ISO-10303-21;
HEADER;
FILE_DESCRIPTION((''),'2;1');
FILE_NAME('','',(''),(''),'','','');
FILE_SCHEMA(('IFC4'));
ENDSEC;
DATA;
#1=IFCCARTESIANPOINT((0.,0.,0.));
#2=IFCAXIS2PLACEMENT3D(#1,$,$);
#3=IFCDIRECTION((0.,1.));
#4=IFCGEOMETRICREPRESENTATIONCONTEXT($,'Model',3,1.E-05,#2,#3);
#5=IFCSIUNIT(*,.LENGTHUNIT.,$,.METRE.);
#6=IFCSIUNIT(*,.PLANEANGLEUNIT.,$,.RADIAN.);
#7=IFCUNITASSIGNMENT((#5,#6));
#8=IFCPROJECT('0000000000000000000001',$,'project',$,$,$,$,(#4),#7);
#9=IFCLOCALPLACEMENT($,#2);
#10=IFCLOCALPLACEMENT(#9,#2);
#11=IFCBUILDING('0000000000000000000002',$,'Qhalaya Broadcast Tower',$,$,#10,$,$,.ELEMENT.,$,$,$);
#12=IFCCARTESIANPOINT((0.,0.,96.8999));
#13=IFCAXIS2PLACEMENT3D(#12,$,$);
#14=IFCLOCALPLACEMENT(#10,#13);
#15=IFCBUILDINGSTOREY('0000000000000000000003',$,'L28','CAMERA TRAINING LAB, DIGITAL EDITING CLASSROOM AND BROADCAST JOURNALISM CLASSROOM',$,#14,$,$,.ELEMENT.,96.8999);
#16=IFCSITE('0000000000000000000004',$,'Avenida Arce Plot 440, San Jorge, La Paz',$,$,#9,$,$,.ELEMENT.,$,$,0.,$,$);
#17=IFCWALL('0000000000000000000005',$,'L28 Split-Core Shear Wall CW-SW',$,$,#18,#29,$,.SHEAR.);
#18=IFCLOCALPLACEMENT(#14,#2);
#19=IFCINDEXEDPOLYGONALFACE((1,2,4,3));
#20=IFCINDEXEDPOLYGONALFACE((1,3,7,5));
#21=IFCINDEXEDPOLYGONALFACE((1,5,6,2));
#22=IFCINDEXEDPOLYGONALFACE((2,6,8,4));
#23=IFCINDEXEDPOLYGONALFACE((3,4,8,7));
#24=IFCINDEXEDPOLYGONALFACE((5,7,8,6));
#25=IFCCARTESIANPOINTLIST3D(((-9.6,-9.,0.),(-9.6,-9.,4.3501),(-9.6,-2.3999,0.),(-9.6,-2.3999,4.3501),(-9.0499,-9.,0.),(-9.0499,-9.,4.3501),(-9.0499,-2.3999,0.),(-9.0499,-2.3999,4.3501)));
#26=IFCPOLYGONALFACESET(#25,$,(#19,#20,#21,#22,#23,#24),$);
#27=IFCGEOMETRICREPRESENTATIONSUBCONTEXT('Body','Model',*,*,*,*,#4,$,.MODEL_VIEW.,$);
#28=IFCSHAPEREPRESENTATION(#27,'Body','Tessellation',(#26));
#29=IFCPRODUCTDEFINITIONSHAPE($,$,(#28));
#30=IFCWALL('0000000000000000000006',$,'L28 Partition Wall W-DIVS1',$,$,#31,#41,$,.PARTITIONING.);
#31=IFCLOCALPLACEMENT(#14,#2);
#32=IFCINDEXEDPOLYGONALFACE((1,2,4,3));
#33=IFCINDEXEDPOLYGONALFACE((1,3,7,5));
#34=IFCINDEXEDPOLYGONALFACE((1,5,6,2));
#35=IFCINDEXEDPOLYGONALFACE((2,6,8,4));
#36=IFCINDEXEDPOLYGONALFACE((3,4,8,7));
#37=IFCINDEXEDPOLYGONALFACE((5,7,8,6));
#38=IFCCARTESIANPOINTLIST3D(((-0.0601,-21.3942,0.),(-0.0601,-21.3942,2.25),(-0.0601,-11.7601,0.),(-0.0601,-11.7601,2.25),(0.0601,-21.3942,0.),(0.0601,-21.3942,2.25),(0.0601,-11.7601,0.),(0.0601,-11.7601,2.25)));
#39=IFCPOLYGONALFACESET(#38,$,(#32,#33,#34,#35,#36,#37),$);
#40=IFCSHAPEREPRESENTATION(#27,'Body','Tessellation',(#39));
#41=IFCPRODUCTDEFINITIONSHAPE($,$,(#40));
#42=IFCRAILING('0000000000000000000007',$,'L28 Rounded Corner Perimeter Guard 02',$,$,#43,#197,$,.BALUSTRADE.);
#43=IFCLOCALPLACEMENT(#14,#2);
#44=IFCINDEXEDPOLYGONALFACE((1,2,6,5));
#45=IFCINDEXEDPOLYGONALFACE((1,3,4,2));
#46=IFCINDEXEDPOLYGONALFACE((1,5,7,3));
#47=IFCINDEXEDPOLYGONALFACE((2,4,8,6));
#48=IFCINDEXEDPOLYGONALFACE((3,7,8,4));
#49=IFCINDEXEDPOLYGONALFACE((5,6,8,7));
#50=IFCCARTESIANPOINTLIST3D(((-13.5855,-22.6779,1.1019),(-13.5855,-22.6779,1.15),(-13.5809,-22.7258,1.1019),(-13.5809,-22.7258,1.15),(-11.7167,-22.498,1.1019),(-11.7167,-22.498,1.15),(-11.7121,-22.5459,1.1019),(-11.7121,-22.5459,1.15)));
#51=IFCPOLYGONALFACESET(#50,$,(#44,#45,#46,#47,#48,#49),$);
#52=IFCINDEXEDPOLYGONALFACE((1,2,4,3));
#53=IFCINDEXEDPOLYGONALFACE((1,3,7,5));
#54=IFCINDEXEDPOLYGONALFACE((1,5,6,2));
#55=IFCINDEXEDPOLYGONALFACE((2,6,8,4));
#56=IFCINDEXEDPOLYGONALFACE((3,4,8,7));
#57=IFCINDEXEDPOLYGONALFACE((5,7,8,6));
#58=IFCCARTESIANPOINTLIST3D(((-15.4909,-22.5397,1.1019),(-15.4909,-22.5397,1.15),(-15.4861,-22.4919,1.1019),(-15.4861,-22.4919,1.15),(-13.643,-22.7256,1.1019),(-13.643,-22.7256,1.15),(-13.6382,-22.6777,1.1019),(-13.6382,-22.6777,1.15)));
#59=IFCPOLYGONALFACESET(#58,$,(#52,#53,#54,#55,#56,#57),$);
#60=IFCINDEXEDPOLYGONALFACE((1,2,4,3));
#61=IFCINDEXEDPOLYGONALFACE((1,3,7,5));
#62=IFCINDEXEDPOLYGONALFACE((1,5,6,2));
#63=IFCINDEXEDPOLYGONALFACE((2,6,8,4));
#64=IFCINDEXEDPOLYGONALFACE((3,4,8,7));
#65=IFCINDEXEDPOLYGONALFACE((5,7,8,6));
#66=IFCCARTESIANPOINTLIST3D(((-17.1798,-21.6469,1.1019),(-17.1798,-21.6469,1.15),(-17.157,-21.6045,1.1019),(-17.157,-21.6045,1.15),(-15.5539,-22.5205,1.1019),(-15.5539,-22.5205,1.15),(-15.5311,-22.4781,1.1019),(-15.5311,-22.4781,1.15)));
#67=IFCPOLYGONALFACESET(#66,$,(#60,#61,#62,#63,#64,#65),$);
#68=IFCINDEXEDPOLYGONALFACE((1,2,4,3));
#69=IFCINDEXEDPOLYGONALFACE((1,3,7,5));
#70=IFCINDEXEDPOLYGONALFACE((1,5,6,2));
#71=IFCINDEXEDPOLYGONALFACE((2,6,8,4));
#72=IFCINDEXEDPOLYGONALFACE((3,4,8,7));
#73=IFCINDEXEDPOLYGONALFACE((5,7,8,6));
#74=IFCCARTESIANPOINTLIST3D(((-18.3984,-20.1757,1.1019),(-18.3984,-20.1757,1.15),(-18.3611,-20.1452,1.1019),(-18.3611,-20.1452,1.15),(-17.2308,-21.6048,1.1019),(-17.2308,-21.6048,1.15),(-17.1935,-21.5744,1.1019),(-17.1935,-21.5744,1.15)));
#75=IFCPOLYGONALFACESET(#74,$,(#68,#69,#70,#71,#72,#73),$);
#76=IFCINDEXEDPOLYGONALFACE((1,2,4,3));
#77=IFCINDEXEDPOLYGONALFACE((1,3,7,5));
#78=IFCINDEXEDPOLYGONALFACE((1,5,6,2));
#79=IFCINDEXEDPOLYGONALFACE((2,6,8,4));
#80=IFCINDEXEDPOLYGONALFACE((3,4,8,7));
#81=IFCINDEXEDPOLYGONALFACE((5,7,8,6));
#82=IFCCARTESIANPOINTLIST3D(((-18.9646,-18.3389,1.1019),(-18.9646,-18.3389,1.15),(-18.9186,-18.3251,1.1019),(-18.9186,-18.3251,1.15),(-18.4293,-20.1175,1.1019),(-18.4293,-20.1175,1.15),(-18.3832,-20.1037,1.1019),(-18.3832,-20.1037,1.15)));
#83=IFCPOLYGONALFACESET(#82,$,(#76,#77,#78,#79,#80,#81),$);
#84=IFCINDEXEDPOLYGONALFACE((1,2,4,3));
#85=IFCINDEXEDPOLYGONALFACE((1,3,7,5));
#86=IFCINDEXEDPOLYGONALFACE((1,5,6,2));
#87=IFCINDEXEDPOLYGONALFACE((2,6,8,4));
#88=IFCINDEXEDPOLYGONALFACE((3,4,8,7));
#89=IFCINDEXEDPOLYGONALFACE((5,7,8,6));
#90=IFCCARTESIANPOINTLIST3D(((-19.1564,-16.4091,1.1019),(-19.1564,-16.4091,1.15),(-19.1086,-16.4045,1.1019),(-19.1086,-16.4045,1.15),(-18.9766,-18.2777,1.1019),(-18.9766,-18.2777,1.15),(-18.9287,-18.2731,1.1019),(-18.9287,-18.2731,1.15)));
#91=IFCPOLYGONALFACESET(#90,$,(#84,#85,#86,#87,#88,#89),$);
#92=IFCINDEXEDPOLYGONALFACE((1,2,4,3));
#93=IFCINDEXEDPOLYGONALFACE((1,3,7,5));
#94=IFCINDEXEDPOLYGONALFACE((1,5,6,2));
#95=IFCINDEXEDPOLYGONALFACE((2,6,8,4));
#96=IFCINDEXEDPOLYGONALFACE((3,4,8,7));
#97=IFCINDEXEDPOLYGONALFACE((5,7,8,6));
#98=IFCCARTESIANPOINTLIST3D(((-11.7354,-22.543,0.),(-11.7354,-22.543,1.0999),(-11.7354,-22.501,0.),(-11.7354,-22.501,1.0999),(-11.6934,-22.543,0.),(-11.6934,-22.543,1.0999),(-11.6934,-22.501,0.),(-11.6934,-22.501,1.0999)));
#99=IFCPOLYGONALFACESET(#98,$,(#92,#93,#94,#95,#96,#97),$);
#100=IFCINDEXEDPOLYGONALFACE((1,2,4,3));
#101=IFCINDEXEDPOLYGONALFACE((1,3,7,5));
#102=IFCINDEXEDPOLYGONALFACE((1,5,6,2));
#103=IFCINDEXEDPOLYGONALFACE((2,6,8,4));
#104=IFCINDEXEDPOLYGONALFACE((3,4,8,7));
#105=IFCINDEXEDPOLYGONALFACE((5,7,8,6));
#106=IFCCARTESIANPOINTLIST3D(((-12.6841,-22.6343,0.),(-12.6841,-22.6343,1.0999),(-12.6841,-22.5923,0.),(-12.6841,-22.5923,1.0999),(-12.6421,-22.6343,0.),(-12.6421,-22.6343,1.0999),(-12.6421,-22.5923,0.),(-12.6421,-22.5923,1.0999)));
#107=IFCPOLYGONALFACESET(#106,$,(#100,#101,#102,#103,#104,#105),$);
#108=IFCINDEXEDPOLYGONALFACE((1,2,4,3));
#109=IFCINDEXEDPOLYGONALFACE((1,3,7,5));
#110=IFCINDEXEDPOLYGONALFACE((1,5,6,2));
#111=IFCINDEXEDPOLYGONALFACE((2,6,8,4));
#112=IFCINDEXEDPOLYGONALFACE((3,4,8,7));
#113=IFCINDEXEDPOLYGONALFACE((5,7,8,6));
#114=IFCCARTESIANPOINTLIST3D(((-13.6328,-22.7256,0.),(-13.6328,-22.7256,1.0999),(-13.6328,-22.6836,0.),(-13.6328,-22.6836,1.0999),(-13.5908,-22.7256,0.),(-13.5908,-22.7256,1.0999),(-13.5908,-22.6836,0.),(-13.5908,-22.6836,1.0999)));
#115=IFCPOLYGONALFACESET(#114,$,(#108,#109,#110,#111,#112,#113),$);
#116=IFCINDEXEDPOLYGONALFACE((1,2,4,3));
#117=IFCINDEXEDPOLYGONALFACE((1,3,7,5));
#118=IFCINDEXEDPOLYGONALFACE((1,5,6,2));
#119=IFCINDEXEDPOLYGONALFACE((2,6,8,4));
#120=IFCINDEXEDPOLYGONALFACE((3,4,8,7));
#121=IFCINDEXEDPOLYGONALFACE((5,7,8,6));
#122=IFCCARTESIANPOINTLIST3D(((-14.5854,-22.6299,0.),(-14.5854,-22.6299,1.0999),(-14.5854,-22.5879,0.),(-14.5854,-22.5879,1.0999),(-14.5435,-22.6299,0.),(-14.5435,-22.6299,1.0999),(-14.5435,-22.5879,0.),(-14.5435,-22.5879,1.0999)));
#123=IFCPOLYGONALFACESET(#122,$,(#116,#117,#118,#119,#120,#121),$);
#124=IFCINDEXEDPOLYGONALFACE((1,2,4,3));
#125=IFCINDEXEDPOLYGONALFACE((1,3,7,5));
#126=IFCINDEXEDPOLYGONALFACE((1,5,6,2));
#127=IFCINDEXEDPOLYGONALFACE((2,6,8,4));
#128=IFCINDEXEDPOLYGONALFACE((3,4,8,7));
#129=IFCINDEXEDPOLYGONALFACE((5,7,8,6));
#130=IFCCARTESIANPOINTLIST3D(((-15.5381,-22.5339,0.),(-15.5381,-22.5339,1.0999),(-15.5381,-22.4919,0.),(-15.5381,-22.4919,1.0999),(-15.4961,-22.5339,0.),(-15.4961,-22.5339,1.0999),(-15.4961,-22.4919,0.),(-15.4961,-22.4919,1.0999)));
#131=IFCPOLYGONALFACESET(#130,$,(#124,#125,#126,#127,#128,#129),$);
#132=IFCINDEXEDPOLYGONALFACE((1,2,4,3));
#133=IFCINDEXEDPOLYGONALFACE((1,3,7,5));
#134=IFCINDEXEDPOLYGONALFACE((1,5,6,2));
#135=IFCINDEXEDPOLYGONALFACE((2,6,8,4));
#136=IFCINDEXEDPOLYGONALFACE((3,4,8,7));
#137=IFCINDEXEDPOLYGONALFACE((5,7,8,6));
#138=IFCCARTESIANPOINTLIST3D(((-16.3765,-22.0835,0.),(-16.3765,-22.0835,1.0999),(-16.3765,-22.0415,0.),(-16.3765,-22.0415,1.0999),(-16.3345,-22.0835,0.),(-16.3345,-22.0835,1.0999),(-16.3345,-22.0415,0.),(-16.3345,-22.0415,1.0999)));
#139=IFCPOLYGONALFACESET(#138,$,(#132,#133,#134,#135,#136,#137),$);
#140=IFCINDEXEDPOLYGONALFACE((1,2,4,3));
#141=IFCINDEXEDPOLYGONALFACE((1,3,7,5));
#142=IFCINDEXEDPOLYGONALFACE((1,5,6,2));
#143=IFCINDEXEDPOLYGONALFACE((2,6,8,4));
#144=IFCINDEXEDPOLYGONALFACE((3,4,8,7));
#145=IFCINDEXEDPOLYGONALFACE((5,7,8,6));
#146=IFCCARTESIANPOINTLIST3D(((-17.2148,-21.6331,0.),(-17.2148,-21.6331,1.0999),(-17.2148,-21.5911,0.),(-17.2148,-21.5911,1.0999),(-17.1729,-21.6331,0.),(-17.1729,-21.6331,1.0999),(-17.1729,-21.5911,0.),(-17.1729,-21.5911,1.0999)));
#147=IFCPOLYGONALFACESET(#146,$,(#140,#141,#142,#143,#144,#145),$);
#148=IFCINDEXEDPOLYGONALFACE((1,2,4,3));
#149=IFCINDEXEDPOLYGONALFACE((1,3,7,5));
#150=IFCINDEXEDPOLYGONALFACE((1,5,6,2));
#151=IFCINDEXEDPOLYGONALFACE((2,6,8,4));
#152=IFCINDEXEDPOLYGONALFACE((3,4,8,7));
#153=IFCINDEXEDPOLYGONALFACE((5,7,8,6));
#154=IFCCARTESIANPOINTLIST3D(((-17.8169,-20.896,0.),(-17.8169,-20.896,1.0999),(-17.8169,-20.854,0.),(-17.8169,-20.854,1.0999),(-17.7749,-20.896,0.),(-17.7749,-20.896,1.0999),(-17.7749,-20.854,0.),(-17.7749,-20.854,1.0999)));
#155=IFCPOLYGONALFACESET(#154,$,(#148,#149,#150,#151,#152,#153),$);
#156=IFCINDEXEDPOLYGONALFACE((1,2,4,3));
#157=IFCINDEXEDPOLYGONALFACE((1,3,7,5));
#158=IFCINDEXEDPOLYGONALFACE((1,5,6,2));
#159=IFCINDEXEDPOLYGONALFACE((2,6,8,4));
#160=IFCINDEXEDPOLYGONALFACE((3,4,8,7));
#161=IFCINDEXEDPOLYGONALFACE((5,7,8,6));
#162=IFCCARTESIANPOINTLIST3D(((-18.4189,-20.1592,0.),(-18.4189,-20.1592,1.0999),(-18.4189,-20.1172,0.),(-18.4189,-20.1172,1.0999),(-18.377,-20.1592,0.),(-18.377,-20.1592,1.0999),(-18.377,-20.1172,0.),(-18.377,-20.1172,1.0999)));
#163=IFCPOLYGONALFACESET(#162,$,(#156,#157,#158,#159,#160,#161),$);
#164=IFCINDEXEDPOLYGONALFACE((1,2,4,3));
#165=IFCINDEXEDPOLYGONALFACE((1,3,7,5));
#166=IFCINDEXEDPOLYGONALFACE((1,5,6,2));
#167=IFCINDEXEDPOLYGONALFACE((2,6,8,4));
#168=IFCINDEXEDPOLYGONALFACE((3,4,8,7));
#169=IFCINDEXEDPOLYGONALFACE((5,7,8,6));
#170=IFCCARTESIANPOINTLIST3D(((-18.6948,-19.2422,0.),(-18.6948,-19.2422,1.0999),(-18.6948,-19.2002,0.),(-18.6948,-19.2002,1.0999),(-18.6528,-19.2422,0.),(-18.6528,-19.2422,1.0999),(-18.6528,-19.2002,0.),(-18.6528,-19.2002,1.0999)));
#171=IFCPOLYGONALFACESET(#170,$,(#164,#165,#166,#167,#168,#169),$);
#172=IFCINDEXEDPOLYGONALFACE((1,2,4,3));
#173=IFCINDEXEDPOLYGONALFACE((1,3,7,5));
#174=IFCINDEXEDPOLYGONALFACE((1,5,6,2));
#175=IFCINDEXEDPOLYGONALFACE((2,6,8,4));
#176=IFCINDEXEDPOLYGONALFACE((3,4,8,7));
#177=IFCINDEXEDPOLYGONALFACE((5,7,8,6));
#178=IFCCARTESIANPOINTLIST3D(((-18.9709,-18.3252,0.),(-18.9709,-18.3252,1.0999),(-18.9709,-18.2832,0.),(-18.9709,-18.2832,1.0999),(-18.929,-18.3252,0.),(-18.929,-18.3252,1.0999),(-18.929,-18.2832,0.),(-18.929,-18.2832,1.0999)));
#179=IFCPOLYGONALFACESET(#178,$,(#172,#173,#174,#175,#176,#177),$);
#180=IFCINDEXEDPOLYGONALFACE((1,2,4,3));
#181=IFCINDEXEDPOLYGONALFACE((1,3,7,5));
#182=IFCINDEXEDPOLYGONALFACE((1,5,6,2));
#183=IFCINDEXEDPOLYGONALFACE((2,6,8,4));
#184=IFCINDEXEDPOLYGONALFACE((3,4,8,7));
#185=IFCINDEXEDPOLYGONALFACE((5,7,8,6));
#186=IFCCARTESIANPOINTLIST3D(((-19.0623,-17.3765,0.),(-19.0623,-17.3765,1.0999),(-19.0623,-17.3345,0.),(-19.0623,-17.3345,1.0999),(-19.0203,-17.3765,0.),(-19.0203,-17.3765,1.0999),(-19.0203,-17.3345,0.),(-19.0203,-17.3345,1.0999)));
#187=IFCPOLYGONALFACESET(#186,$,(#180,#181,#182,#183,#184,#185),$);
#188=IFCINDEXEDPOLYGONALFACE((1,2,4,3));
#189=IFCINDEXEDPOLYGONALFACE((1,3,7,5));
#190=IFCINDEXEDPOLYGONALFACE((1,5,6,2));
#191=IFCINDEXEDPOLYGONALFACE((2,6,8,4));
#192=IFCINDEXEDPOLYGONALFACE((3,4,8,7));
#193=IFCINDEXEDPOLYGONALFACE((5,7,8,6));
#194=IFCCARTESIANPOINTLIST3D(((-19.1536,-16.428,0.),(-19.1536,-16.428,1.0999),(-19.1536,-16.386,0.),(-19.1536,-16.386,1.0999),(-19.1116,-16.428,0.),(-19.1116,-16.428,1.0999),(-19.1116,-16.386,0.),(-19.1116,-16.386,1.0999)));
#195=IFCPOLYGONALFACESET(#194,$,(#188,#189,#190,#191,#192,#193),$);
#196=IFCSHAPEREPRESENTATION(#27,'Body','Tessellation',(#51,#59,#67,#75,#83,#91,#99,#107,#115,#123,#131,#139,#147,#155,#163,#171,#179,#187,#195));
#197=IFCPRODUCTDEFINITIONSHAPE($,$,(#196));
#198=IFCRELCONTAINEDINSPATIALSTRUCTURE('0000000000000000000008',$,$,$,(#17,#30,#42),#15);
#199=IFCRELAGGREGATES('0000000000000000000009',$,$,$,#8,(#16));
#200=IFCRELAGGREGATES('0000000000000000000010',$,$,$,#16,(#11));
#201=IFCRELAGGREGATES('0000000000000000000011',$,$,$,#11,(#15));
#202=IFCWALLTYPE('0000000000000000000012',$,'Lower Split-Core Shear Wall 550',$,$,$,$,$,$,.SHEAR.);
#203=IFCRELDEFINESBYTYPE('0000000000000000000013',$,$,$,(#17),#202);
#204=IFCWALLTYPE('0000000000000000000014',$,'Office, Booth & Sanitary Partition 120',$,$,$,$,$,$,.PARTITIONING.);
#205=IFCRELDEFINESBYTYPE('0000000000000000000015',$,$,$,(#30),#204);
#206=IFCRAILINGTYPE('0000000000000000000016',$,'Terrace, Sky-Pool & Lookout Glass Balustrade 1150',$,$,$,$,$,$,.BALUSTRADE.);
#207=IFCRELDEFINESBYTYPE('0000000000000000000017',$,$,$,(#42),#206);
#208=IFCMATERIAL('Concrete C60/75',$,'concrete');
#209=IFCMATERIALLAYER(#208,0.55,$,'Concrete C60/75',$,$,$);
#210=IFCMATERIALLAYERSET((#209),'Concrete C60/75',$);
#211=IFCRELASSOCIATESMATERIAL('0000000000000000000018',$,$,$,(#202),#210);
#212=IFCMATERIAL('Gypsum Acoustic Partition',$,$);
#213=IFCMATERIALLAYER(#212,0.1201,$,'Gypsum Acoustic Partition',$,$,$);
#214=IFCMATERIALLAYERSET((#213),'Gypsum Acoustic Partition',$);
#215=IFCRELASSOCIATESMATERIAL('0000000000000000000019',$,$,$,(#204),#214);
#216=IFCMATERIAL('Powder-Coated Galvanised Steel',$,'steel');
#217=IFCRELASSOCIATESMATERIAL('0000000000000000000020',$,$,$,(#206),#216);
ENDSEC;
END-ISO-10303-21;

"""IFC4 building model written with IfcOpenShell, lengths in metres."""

from ifc_helpers import new_model, si_unit, direction, frame, frame_2d, origin, origin_2d, place, context, subcontext, project, spatial, rectangle, extrude, material, layer, layer_set, type_object, element, save


model = new_model("IFC4")

# Units and contexts
model_context = context("Model", 3, precision=1e-05, world=origin(), true_north=direction((0.0, 1.0)))
body_context = subcontext(model_context, "Body", "Model", "MODEL_VIEW")
ifc_project = project(units=[si_unit("LENGTHUNIT", "METRE"), si_unit("PLANEANGLEUNIT", "RADIAN")], contexts=[model_context])

# Site, building, storey
site_placement = place(None, origin())
site = spatial("IfcSite", under=ifc_project, at=site_placement, Name="Avenida Arce Plot 440, San Jorge, La Paz", CompositionType="ELEMENT", RefElevation=0.0)
building_placement = place(site_placement, origin())
building = spatial("IfcBuilding", under=site, at=building_placement, Name="Qhalaya Broadcast Tower", CompositionType="ELEMENT")
storey_placement = place(building_placement, frame((0.0, 0.0, 96.8999)))
storey = spatial("IfcBuildingStorey", under=building, at=storey_placement, Name="L28", Description="CAMERA TRAINING LAB, DIGITAL EDITING CLASSROOM AND BROADCAST JOURNALISM CLASSROOM", CompositionType="ELEMENT", Elevation=96.8999)

# Shared definitions
ifc_material_1 = material(Name="Gypsum Acoustic Partition")

# Walls
ifc_material_2 = material(Name="Concrete C60/75", Category="concrete")
ifc_layer_1 = layer(ifc_material_2, 0.55, Name="Concrete C60/75")
ifc_layer_set_1 = layer_set([ifc_layer_1], Name="Concrete C60/75")
wall_type_1 = type_object("IfcWallType", Name="Lower Split-Core Shear Wall 550", PredefinedType="SHEAR", material=ifc_layer_set_1)
wall_1_placement = place(storey_placement, frame((-9.325, -9.0, 0.0), z_axis=(0.0, 0.0, 1.0), x_axis=(0.0, 1.0, 0.0)))
element("IfcWall", 1, at=wall_1_placement, inside=storey, type_object=wall_type_1, Name="L28 Split-Core Shear Wall CW-SW", PredefinedType="SHEAR", context=body_context, shape_type="SweptSolid", body=[
    extrude(rectangle(XDim=6.6001, YDim=0.55, at=frame_2d((3.3, 0.0))), origin(), (0.0, 0.0, 1.0), 4.3501),
])
ifc_layer_2 = layer(ifc_material_1, 0.1201, Name="Gypsum Acoustic Partition")
ifc_layer_set_2 = layer_set([ifc_layer_2], Name="Gypsum Acoustic Partition")
wall_type_2 = type_object("IfcWallType", Name="Office, Booth & Sanitary Partition 120", PredefinedType="PARTITIONING", material=ifc_layer_set_2)
wall_2_placement = place(storey_placement, frame((0.0, -21.394, 0.0), z_axis=(0.0, 0.0, 1.0), x_axis=(0.0, 1.0, 0.0)))
element("IfcWall", 2, at=wall_2_placement, inside=storey, type_object=wall_type_2, Name="L28 Partition Wall W-DIVS1", PredefinedType="PARTITIONING", context=body_context, shape_type="SweptSolid", body=[
    extrude(rectangle(XDim=9.634, YDim=0.1201, at=frame_2d((4.8169, 0.0))), origin(), (0.0, 0.0, 1.0), 2.25),
])

# Railing
ifc_material_3 = material(Name="Powder-Coated Galvanised Steel", Category="steel")
railing_type = type_object("IfcRailingType", Name="Terrace, Sky-Pool & Lookout Glass Balustrade 1150", PredefinedType="BALUSTRADE", material=ifc_material_3)
railing_placement = place(storey_placement, frame((-11.7144, -22.522, 0.0)))
element("IfcRailing", 3, at=railing_placement, inside=storey, type_object=railing_type, Name="L28 Rounded Corner Perimeter Guard 02", PredefinedType="BALUSTRADE", context=body_context, shape_type="SweptSolid", body=[
    extrude(rectangle(XDim=0.0481, YDim=0.0481, at=origin_2d()), frame((0.0, 0.0, 1.126), z_axis=(-0.995401, -0.0958, 0.0), x_axis=(0.0958, -0.995401, 0.0)), (0.0, 0.0, 1.0), 1.8774),
    extrude(rectangle(XDim=0.0481, YDim=0.0481, at=origin_2d()), frame((-1.9263, -0.1797, 1.126), z_axis=(-0.994979, 0.100084, 0.0), x_axis=(-0.100084, -0.994979, 0.0)), (0.0, 0.0, 1.0), 1.8572),
    extrude(rectangle(XDim=0.0481, YDim=0.0481, at=origin_2d()), frame((-3.8281, 0.0227, 1.126), z_axis=(-0.880907, 0.473289, 0.0), x_axis=(-0.473289, -0.880907, 0.0)), (0.0, 0.0, 1.0), 1.8457),
    extrude(rectangle(XDim=0.0481, YDim=0.0481, at=origin_2d()), frame((-5.4978, 0.9324, 1.126), z_axis=(-0.632672, 0.77442, 0.0), x_axis=(-0.77442, -0.632672, 0.0)), (0.0, 0.0, 1.0), 1.8455),
    extrude(rectangle(XDim=0.0481, YDim=0.0481, at=origin_2d()), frame((-6.6919, 2.4114, 1.126), z_axis=(-0.288213, 0.957566, 0.0), x_axis=(-0.957566, -0.288213, 0.0)), (0.0, 0.0, 1.0), 1.8574),
    extrude(rectangle(XDim=0.0481, YDim=0.0481, at=origin_2d()), frame((-7.2383, 4.2466, 1.126), z_axis=(-0.095812, 0.995399, 0.0), x_axis=(-0.995399, -0.095812, 0.0)), (0.0, 0.0, 1.0), 1.8772),
    extrude(rectangle(XDim=0.042, YDim=0.042, at=origin_2d()), origin(), (0.0, 0.0, 1.0), 1.0999),
    extrude(rectangle(XDim=0.042, YDim=0.042, at=origin_2d()), frame((-0.9487, -0.0913, 0.0)), (0.0, 0.0, 1.0), 1.0999),
    extrude(rectangle(XDim=0.042, YDim=0.042, at=origin_2d()), frame((-1.8975, -0.1826, 0.0)), (0.0, 0.0, 1.0), 1.0999),
    extrude(rectangle(XDim=0.042, YDim=0.042, at=origin_2d()), frame((-2.8501, -0.0869, 0.0)), (0.0, 0.0, 1.0), 1.0999),
    extrude(rectangle(XDim=0.042, YDim=0.042, at=origin_2d()), frame((-3.8027, 0.009, 0.0)), (0.0, 0.0, 1.0), 1.0999),
    extrude(rectangle(XDim=0.042, YDim=0.042, at=origin_2d()), frame((-4.6411, 0.4595, 0.0)), (0.0, 0.0, 1.0), 1.0999),
    extrude(rectangle(XDim=0.042, YDim=0.042, at=origin_2d()), frame((-5.4795, 0.9099, 0.0)), (0.0, 0.0, 1.0), 1.0999),
    extrude(rectangle(XDim=0.042, YDim=0.042, at=origin_2d()), frame((-6.0815, 1.647, 0.0)), (0.0, 0.0, 1.0), 1.0999),
    extrude(rectangle(XDim=0.042, YDim=0.042, at=origin_2d()), frame((-6.6836, 2.3838, 0.0)), (0.0, 0.0, 1.0), 1.0999),
    extrude(rectangle(XDim=0.042, YDim=0.042, at=origin_2d()), frame((-6.9595, 3.3008, 0.0)), (0.0, 0.0, 1.0), 1.0999),
    extrude(rectangle(XDim=0.042, YDim=0.042, at=origin_2d()), frame((-7.2356, 4.2178, 0.0)), (0.0, 0.0, 1.0), 1.0999),
    extrude(rectangle(XDim=0.042, YDim=0.042, at=origin_2d()), frame((-7.3269, 5.1665, 0.0)), (0.0, 0.0, 1.0), 1.0999),
    extrude(rectangle(XDim=0.042, YDim=0.042, at=origin_2d()), frame((-7.4182, 6.115, 0.0)), (0.0, 0.0, 1.0), 1.0999),
])

save(model, "model.ifc")
